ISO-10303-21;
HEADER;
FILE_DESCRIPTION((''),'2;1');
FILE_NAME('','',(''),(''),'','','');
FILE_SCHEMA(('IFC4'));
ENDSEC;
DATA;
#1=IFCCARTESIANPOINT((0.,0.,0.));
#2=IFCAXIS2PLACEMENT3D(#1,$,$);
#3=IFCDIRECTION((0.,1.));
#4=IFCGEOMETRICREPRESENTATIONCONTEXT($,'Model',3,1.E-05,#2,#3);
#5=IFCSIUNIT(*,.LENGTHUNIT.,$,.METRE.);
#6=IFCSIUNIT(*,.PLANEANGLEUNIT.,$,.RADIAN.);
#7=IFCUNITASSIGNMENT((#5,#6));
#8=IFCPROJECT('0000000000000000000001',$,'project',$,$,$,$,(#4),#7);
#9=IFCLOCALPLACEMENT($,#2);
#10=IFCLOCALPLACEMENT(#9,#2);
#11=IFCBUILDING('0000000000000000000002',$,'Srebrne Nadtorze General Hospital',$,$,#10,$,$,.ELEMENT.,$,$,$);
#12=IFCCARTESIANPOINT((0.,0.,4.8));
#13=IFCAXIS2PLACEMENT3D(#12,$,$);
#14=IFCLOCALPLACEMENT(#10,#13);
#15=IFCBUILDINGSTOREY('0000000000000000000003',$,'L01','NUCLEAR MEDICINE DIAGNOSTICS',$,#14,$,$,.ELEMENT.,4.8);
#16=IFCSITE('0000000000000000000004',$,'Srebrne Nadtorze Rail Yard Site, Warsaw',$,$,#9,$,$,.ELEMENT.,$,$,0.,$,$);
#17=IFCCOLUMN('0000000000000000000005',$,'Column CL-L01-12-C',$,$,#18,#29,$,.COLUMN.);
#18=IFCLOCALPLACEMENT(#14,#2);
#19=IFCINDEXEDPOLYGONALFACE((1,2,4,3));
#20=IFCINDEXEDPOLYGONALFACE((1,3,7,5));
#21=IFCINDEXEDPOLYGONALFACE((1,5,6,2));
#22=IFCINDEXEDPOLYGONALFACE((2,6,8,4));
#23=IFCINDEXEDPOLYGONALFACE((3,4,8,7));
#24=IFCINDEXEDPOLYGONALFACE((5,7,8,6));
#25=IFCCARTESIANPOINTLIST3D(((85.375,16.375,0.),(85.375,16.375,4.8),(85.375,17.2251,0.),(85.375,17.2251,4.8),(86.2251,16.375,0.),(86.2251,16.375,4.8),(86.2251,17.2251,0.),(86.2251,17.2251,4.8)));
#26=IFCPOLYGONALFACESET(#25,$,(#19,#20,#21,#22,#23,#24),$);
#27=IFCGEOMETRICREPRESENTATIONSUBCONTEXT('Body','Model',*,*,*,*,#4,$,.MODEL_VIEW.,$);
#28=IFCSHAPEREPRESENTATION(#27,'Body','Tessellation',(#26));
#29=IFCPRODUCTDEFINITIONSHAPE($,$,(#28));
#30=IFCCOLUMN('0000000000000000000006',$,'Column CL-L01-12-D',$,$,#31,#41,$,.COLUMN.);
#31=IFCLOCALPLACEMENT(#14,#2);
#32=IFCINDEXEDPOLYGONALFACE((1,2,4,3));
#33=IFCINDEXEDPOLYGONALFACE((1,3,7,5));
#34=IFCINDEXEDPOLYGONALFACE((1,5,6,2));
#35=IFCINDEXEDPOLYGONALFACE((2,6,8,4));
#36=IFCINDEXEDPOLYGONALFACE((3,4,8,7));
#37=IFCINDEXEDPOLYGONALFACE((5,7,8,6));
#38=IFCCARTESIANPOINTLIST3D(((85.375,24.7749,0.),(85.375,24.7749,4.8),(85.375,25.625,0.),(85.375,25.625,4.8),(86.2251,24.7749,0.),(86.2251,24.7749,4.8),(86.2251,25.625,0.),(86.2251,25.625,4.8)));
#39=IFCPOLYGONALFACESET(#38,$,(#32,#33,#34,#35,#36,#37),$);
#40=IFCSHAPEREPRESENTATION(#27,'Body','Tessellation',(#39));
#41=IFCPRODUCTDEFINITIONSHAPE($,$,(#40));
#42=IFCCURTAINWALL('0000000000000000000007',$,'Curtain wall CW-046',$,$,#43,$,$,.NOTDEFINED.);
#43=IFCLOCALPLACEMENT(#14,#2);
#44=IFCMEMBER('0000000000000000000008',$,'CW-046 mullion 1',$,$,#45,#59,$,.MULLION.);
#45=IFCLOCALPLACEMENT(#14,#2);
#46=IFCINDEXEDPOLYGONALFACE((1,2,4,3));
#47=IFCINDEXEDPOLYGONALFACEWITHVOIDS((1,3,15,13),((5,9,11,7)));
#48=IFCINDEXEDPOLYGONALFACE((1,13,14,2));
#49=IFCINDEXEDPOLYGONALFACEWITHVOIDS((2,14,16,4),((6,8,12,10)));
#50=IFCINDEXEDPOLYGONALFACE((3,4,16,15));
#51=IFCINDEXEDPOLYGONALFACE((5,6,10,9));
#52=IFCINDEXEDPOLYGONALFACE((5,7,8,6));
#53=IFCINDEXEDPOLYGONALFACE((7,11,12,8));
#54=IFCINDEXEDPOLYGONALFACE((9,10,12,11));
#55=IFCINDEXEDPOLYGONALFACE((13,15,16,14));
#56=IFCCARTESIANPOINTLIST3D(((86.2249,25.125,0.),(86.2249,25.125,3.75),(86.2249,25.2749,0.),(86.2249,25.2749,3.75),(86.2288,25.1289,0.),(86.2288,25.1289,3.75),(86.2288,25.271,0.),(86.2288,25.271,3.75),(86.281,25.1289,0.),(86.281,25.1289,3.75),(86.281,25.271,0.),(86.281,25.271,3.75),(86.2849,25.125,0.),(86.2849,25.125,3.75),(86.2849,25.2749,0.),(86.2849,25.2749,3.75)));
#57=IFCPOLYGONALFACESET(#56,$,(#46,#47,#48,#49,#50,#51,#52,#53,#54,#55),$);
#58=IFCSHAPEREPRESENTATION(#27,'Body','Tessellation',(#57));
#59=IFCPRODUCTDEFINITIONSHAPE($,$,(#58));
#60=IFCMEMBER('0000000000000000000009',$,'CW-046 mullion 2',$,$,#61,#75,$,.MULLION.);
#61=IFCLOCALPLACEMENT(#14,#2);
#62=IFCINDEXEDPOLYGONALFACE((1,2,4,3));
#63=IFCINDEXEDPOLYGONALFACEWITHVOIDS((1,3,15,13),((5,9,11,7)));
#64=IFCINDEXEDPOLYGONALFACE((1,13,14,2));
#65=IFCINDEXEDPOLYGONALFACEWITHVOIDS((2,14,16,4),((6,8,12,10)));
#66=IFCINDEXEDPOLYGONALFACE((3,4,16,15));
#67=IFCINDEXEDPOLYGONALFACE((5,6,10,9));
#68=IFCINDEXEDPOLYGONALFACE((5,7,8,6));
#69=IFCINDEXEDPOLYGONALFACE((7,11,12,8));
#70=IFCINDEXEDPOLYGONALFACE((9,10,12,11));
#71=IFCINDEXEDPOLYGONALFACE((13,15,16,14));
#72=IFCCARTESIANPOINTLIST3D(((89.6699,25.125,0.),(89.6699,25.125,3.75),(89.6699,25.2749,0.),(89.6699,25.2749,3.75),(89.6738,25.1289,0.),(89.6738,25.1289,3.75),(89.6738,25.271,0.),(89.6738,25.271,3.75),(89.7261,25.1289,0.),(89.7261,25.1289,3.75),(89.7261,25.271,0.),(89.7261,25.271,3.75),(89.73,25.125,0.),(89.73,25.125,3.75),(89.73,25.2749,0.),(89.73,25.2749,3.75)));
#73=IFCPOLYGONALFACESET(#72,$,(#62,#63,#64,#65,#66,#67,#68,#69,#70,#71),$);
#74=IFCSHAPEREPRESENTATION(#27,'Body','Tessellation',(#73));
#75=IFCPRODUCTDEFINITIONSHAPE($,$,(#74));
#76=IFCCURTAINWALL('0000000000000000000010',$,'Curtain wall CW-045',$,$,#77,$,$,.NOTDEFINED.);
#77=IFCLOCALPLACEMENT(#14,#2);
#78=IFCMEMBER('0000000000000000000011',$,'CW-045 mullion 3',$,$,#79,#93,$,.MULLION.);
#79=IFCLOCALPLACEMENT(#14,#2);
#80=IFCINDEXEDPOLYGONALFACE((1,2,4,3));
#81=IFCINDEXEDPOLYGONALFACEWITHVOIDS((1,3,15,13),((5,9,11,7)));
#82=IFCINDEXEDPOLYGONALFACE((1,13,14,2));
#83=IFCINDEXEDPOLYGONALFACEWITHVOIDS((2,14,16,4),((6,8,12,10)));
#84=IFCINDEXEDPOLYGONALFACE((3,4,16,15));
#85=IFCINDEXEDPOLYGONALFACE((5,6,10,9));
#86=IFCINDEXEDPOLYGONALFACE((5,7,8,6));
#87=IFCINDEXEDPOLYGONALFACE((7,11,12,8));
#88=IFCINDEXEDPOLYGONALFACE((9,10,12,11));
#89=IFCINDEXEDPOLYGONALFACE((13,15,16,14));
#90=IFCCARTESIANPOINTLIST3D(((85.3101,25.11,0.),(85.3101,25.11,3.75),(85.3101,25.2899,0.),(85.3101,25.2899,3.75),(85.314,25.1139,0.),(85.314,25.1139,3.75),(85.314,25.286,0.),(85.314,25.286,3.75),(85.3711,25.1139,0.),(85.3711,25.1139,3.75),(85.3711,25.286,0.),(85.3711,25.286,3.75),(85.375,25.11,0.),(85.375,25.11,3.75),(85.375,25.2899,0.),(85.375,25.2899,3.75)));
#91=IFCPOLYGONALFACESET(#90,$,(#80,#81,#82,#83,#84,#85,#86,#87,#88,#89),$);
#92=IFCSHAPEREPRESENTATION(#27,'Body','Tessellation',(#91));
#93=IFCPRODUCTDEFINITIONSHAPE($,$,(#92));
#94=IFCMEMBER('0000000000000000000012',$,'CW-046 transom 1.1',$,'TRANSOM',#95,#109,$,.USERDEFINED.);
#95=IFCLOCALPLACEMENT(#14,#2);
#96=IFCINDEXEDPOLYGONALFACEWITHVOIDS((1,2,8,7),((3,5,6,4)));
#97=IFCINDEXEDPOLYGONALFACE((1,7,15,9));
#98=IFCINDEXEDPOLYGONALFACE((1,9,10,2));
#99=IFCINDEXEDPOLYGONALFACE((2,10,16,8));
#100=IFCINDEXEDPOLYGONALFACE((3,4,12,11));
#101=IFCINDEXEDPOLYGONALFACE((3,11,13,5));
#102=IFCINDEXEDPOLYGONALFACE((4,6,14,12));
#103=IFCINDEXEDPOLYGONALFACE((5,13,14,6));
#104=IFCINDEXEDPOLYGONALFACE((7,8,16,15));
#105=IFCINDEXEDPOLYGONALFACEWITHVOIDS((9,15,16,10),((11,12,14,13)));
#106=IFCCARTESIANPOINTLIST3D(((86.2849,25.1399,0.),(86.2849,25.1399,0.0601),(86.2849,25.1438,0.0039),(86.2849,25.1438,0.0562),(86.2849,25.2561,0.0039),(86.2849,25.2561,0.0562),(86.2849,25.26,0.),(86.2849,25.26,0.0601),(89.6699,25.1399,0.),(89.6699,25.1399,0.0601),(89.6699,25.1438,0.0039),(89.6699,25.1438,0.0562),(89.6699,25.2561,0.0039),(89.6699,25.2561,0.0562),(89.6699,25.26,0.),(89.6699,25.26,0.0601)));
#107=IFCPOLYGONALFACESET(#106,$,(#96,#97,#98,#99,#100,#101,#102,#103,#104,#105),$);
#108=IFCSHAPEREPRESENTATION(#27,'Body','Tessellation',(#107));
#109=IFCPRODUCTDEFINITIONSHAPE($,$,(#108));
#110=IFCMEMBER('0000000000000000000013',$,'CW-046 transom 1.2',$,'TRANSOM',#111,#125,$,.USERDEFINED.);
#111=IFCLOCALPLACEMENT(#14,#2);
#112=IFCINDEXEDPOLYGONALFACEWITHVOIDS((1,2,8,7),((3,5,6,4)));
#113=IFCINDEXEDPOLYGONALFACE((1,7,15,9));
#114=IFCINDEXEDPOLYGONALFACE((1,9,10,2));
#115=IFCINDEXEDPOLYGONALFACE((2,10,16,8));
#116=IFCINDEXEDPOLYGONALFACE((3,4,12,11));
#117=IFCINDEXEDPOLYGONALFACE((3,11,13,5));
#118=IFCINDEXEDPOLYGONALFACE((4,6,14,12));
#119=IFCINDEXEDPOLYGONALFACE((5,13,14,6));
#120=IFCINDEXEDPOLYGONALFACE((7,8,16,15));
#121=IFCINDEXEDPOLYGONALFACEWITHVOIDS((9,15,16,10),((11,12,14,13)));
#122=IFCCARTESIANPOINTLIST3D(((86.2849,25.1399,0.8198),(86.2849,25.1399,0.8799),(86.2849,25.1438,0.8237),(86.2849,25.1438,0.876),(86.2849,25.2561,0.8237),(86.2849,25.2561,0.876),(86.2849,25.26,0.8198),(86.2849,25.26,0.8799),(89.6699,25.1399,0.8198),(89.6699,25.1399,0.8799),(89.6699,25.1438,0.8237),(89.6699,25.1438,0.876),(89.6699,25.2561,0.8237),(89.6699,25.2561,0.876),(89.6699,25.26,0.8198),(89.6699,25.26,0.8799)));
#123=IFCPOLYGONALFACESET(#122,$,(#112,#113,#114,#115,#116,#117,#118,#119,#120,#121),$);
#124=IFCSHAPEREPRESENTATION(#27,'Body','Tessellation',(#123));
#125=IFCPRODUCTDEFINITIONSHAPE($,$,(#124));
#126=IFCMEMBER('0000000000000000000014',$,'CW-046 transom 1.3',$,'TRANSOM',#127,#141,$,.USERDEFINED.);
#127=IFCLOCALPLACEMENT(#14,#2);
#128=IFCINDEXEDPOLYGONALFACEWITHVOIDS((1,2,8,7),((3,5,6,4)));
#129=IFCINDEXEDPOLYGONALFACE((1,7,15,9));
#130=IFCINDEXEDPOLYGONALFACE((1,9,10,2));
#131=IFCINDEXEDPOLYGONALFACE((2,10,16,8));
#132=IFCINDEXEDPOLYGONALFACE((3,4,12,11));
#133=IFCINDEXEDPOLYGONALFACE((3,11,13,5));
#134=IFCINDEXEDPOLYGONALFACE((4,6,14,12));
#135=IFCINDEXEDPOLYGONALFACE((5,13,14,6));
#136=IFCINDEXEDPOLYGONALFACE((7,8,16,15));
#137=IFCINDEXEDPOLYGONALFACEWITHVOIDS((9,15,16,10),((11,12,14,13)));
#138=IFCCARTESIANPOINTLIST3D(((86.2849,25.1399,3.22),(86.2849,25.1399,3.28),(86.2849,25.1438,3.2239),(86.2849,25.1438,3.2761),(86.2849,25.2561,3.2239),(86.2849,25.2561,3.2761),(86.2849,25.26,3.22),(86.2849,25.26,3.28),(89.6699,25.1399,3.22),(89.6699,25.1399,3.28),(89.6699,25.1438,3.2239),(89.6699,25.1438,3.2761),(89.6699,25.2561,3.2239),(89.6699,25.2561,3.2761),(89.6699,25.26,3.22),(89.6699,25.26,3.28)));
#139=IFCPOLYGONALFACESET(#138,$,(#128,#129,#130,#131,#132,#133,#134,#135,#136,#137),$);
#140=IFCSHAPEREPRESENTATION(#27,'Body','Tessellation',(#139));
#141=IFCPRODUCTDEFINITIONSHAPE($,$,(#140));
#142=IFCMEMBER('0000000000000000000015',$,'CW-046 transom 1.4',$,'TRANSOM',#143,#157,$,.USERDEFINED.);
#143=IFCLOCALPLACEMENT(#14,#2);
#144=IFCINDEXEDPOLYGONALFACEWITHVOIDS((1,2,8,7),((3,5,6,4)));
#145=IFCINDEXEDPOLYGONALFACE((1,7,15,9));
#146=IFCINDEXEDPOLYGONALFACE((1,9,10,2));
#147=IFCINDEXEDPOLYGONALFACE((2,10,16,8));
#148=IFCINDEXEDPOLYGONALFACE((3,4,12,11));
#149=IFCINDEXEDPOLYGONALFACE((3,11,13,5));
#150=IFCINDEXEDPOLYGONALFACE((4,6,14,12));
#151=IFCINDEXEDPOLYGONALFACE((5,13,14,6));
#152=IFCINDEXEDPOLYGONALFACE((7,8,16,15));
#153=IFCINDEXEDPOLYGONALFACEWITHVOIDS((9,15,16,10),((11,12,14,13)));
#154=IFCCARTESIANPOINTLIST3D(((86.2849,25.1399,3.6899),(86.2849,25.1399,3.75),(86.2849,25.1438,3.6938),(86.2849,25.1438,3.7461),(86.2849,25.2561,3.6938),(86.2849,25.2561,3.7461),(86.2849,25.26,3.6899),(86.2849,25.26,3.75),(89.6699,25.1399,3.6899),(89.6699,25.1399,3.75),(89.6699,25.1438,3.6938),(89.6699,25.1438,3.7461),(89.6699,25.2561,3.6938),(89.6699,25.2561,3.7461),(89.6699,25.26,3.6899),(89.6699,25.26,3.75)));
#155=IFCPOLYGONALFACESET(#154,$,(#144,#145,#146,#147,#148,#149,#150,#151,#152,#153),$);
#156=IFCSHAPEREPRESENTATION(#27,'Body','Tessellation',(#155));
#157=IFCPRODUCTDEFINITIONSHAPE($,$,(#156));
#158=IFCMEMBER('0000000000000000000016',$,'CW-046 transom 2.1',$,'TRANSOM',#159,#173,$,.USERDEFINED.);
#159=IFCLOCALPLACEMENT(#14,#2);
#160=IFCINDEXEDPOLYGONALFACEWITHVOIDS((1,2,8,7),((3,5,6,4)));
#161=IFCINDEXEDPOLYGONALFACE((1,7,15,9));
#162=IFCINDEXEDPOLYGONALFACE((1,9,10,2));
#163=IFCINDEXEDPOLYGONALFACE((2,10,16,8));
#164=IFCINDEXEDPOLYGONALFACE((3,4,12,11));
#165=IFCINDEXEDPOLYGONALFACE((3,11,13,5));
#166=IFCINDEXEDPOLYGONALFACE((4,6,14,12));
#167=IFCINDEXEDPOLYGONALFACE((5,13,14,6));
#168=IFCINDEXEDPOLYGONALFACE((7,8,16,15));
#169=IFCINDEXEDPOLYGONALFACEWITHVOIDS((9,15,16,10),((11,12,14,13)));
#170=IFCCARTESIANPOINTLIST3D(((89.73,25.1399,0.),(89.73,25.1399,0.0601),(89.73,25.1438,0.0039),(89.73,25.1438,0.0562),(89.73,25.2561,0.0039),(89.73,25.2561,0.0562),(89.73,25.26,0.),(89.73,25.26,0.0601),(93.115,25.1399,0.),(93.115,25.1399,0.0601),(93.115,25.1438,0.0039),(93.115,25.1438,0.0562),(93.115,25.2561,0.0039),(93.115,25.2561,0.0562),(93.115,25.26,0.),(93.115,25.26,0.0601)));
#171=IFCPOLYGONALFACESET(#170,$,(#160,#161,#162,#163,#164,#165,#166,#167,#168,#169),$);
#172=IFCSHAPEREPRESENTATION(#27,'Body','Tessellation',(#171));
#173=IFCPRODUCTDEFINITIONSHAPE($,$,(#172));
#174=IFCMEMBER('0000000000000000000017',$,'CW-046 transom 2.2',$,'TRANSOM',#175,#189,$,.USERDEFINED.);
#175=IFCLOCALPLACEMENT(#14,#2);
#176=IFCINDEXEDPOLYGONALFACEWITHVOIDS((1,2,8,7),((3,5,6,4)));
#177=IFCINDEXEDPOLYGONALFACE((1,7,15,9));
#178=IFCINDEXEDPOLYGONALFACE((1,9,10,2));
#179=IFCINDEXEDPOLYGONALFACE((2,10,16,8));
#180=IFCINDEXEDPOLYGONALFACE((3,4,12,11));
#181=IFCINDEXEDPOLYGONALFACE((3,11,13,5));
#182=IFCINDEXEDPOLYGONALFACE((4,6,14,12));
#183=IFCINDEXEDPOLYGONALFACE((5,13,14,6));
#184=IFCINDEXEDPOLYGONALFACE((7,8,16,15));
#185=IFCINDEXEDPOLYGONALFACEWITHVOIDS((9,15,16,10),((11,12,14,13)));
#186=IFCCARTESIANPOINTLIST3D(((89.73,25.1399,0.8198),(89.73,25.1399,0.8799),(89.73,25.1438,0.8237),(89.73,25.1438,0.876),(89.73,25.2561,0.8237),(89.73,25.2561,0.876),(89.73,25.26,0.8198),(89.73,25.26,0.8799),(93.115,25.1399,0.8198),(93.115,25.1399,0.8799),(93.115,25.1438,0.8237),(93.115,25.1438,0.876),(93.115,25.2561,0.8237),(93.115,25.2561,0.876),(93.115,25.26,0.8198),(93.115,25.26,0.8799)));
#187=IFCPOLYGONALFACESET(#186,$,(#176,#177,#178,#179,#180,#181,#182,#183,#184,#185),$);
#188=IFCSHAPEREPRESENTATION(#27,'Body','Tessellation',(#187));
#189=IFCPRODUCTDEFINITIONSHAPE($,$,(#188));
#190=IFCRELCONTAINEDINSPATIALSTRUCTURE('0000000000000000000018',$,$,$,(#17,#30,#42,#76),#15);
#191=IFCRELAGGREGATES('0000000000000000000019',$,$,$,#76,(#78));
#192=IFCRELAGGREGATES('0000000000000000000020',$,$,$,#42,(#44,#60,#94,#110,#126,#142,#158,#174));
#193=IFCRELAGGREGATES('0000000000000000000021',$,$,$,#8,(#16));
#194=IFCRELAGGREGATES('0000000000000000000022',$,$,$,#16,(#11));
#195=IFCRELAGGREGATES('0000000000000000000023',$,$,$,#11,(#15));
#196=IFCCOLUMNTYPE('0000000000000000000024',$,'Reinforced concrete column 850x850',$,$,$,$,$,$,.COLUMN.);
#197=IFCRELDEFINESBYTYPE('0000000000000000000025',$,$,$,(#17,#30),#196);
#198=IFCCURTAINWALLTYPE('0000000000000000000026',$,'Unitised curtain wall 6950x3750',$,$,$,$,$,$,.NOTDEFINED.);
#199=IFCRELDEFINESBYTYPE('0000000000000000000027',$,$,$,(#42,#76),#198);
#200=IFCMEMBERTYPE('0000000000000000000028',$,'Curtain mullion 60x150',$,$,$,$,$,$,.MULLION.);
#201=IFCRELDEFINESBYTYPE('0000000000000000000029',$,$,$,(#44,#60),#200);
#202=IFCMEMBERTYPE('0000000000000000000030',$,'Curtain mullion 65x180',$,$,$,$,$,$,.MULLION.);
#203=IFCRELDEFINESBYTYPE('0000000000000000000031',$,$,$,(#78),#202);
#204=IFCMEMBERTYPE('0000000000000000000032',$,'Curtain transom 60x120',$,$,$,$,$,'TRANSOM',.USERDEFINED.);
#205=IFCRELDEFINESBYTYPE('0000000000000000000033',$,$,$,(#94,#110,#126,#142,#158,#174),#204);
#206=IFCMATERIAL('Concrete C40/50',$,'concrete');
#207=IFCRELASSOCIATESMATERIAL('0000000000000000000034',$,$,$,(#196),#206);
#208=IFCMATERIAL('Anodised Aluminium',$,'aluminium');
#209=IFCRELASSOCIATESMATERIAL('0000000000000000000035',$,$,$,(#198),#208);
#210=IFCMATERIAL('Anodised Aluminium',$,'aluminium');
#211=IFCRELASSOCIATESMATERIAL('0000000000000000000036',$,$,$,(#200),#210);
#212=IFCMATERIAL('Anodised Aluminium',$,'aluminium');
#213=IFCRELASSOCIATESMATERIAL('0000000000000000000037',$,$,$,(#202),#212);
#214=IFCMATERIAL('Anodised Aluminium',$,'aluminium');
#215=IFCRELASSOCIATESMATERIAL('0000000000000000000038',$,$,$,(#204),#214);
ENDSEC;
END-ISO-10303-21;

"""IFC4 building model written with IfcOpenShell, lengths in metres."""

from ifc_helpers import new_model, si_unit, direction, frame, origin, origin_2d, place, context, subcontext, project, spatial, rectangle, hollow_rectangle, extrude, material, material_profile, profile_set, type_object, element, aggregate, save


model = new_model("IFC4")

# Units and contexts
model_context = context("Model", 3, precision=1e-05, world=origin(), true_north=direction((0.0, 1.0)))
body_context = subcontext(model_context, "Body", "Model", "MODEL_VIEW")
ifc_project = project(units=[si_unit("LENGTHUNIT", "METRE"), si_unit("PLANEANGLEUNIT", "RADIAN")], contexts=[model_context])

# Site, building, storey
site_placement = place(None, origin())
site = spatial("IfcSite", under=ifc_project, at=site_placement, Name="Srebrne Nadtorze Rail Yard Site, Warsaw", CompositionType="ELEMENT", RefElevation=0.0)
building_placement = place(site_placement, origin())
building = spatial("IfcBuilding", under=site, at=building_placement, Name="Srebrne Nadtorze General Hospital", CompositionType="ELEMENT")
storey_placement = place(building_placement, frame((0.0, 0.0, 4.8)))
storey = spatial("IfcBuildingStorey", under=building, at=storey_placement, Name="L01", Description="NUCLEAR MEDICINE DIAGNOSTICS", CompositionType="ELEMENT", Elevation=4.8)

# Columns
ifc_material_1 = material(Name="Concrete C40/50", Category="concrete")
ifc_material_profile_1 = material_profile(ifc_material_1, rectangle(XDim=0.8501, YDim=0.8501, at=origin_2d()), Name="RC-COL-850x850")
ifc_profile_set_1 = profile_set([ifc_material_profile_1], Name="Concrete C40/50")
column_type = type_object("IfcColumnType", Name="Reinforced concrete column 850x850", PredefinedType="COLUMN", material=ifc_profile_set_1)
for number, where, z_axis, x_axis, name in (
    (1, (85.8, 16.8, 0.0), (0.0, 0.0, 1.0), (1.0, 0.0, 0.0), "Column CL-L01-12-C"),
    (2, (85.8, 25.2, 0.0), (0.0, 0.0, 1.0), (1.0, 0.0, 0.0), "Column CL-L01-12-D"),
):
    element("IfcColumn", number, at=place(storey_placement, frame(where, z_axis=z_axis, x_axis=x_axis)), inside=storey, type_object=column_type, Name=name, PredefinedType="COLUMN", context=body_context, shape_type="SweptSolid", body=[
        extrude(rectangle(XDim=0.8501, YDim=0.8501, at=origin_2d()), origin(), (0.0, 0.0, 1.0), 4.8),
    ])

# Curtain wall, members
ifc_material_2 = material(Name="Anodised Aluminium", Category="aluminium")
curtain_wall_type = type_object("IfcCurtainWallType", Name="Unitised curtain wall 6950x3750", PredefinedType="NOTDEFINED", material=ifc_material_2)
curtain_wall_1_placement = place(storey_placement, origin())
curtain_wall_1 = element("IfcCurtainWall", 3, at=curtain_wall_1_placement, inside=storey, type_object=curtain_wall_type, Name="Curtain wall CW-046", PredefinedType="NOTDEFINED")
ifc_material_3 = material(Name="Anodised Aluminium", Category="aluminium")
ifc_material_profile_2 = material_profile(ifc_material_3, hollow_rectangle(XDim=0.0601, YDim=0.1499, WallThickness=0.0039, at=origin_2d()), Name="AL-MUL-60x150")
ifc_profile_set_2 = profile_set([ifc_material_profile_2], Name="Anodised Aluminium")
member_type_1 = type_object("IfcMemberType", Name="Curtain mullion 60x150", PredefinedType="MULLION", material=ifc_profile_set_2)
member_1_placement = place(storey_placement, frame((86.2549, 25.2, 0.0), z_axis=(0.0, 0.0, 1.0), x_axis=(1.0, 0.0, 0.0)))
member_1 = element("IfcMember", 4, at=member_1_placement, type_object=member_type_1, Name="CW-046 mullion 1", PredefinedType="MULLION", context=body_context, shape_type="SweptSolid", body=[
    extrude(hollow_rectangle(XDim=0.0601, YDim=0.1499, WallThickness=0.0039, at=origin_2d()), origin(), (0.0, 0.0, 1.0), 3.75),
])
member_2_placement = place(storey_placement, frame((89.7, 25.2, 0.0), z_axis=(0.0, 0.0, 1.0), x_axis=(1.0, 0.0, 0.0)))
member_2 = element("IfcMember", 5, at=member_2_placement, type_object=member_type_1, Name="CW-046 mullion 2", PredefinedType="MULLION", context=body_context, shape_type="SweptSolid", body=[
    extrude(hollow_rectangle(XDim=0.0601, YDim=0.1499, WallThickness=0.0039, at=origin_2d()), origin(), (0.0, 0.0, 1.0), 3.75),
])

# Curtain wall, member
curtain_wall_2_placement = place(storey_placement, origin())
curtain_wall_2 = element("IfcCurtainWall", 6, at=curtain_wall_2_placement, inside=storey, type_object=curtain_wall_type, Name="Curtain wall CW-045", PredefinedType="NOTDEFINED")
ifc_material_4 = material(Name="Anodised Aluminium", Category="aluminium")
ifc_material_profile_3 = material_profile(ifc_material_4, hollow_rectangle(XDim=0.0649, YDim=0.1799, WallThickness=0.0039, at=origin_2d()), Name="AL-MUL-65x180")
ifc_profile_set_3 = profile_set([ifc_material_profile_3], Name="Anodised Aluminium")
member_type_2 = type_object("IfcMemberType", Name="Curtain mullion 65x180", PredefinedType="MULLION", material=ifc_profile_set_3)
member_3_placement = place(storey_placement, frame((85.3425, 25.2, 0.0), z_axis=(0.0, 0.0, 1.0), x_axis=(1.0, 0.0, 0.0)))
member_3 = element("IfcMember", 7, at=member_3_placement, type_object=member_type_2, Name="CW-045 mullion 3", PredefinedType="MULLION", context=body_context, shape_type="SweptSolid", body=[
    extrude(hollow_rectangle(XDim=0.0649, YDim=0.1799, WallThickness=0.0039, at=origin_2d()), origin(), (0.0, 0.0, 1.0), 3.75),
])

# Members
ifc_material_5 = material(Name="Anodised Aluminium", Category="aluminium")
ifc_material_profile_4 = material_profile(ifc_material_5, hollow_rectangle(XDim=0.0601, YDim=0.1201, WallThickness=0.0039, at=origin_2d()), Name="AL-TRN-60x120")
ifc_profile_set_4 = profile_set([ifc_material_profile_4], Name="Anodised Aluminium")
member_type_3 = type_object("IfcMemberType", Name="Curtain transom 60x120", ElementType="TRANSOM", PredefinedType="USERDEFINED", material=ifc_profile_set_4)
member_4_placement = place(storey_placement, frame((86.2849, 25.2, 0.03), z_axis=(1.0, 0.0, 0.0), x_axis=(0.0, 0.0, 1.0)))
member_4 = element("IfcMember", 8, at=member_4_placement, type_object=member_type_3, Name="CW-046 transom 1.1", ObjectType="TRANSOM", PredefinedType="USERDEFINED", context=body_context, shape_type="SweptSolid", body=[
    extrude(hollow_rectangle(XDim=0.0601, YDim=0.1201, WallThickness=0.0039, at=origin_2d()), origin(), (0.0, 0.0, 1.0), 3.385),
])
member_5_placement = place(storey_placement, frame((86.2849, 25.2, 0.8499), z_axis=(1.0, 0.0, 0.0), x_axis=(0.0, 0.0, 1.0)))
member_5 = element("IfcMember", 9, at=member_5_placement, type_object=member_type_3, Name="CW-046 transom 1.2", ObjectType="TRANSOM", PredefinedType="USERDEFINED", context=body_context, shape_type="SweptSolid", body=[
    extrude(hollow_rectangle(XDim=0.0601, YDim=0.1201, WallThickness=0.0039, at=origin_2d()), origin(), (0.0, 0.0, 1.0), 3.385),
])
member_6_placement = place(storey_placement, frame((86.2849, 25.2, 3.25), z_axis=(1.0, 0.0, 0.0), x_axis=(0.0, 0.0, 1.0)))
member_6 = element("IfcMember", 10, at=member_6_placement, type_object=member_type_3, Name="CW-046 transom 1.3", ObjectType="TRANSOM", PredefinedType="USERDEFINED", context=body_context, shape_type="SweptSolid", body=[
    extrude(hollow_rectangle(XDim=0.0601, YDim=0.1201, WallThickness=0.0039, at=origin_2d()), origin(), (0.0, 0.0, 1.0), 3.385),
])
member_7_placement = place(storey_placement, frame((86.2849, 25.2, 3.72), z_axis=(1.0, 0.0, 0.0), x_axis=(0.0, 0.0, 1.0)))
member_7 = element("IfcMember", 11, at=member_7_placement, type_object=member_type_3, Name="CW-046 transom 1.4", ObjectType="TRANSOM", PredefinedType="USERDEFINED", context=body_context, shape_type="SweptSolid", body=[
    extrude(hollow_rectangle(XDim=0.0601, YDim=0.1201, WallThickness=0.0039, at=origin_2d()), origin(), (0.0, 0.0, 1.0), 3.385),
])
member_8_placement = place(storey_placement, frame((89.73, 25.2, 0.03), z_axis=(1.0, 0.0, 0.0), x_axis=(0.0, 0.0, 1.0)))
member_8 = element("IfcMember", 12, at=member_8_placement, type_object=member_type_3, Name="CW-046 transom 2.1", ObjectType="TRANSOM", PredefinedType="USERDEFINED", context=body_context, shape_type="SweptSolid", body=[
    extrude(hollow_rectangle(XDim=0.0601, YDim=0.1201, WallThickness=0.0039, at=origin_2d()), origin(), (0.0, 0.0, 1.0), 3.385),
])
member_9_placement = place(storey_placement, frame((89.73, 25.2, 0.8499), z_axis=(1.0, 0.0, 0.0), x_axis=(0.0, 0.0, 1.0)))
member_9 = element("IfcMember", 13, at=member_9_placement, type_object=member_type_3, Name="CW-046 transom 2.2", ObjectType="TRANSOM", PredefinedType="USERDEFINED", context=body_context, shape_type="SweptSolid", body=[
    extrude(hollow_rectangle(XDim=0.0601, YDim=0.1201, WallThickness=0.0039, at=origin_2d()), origin(), (0.0, 0.0, 1.0), 3.385),
])

aggregate(curtain_wall_2, [member_3])
aggregate(curtain_wall_1, [member_1, member_2, member_4, member_5, member_6, member_7, member_8, member_9])

save(model, "model.ifc")
